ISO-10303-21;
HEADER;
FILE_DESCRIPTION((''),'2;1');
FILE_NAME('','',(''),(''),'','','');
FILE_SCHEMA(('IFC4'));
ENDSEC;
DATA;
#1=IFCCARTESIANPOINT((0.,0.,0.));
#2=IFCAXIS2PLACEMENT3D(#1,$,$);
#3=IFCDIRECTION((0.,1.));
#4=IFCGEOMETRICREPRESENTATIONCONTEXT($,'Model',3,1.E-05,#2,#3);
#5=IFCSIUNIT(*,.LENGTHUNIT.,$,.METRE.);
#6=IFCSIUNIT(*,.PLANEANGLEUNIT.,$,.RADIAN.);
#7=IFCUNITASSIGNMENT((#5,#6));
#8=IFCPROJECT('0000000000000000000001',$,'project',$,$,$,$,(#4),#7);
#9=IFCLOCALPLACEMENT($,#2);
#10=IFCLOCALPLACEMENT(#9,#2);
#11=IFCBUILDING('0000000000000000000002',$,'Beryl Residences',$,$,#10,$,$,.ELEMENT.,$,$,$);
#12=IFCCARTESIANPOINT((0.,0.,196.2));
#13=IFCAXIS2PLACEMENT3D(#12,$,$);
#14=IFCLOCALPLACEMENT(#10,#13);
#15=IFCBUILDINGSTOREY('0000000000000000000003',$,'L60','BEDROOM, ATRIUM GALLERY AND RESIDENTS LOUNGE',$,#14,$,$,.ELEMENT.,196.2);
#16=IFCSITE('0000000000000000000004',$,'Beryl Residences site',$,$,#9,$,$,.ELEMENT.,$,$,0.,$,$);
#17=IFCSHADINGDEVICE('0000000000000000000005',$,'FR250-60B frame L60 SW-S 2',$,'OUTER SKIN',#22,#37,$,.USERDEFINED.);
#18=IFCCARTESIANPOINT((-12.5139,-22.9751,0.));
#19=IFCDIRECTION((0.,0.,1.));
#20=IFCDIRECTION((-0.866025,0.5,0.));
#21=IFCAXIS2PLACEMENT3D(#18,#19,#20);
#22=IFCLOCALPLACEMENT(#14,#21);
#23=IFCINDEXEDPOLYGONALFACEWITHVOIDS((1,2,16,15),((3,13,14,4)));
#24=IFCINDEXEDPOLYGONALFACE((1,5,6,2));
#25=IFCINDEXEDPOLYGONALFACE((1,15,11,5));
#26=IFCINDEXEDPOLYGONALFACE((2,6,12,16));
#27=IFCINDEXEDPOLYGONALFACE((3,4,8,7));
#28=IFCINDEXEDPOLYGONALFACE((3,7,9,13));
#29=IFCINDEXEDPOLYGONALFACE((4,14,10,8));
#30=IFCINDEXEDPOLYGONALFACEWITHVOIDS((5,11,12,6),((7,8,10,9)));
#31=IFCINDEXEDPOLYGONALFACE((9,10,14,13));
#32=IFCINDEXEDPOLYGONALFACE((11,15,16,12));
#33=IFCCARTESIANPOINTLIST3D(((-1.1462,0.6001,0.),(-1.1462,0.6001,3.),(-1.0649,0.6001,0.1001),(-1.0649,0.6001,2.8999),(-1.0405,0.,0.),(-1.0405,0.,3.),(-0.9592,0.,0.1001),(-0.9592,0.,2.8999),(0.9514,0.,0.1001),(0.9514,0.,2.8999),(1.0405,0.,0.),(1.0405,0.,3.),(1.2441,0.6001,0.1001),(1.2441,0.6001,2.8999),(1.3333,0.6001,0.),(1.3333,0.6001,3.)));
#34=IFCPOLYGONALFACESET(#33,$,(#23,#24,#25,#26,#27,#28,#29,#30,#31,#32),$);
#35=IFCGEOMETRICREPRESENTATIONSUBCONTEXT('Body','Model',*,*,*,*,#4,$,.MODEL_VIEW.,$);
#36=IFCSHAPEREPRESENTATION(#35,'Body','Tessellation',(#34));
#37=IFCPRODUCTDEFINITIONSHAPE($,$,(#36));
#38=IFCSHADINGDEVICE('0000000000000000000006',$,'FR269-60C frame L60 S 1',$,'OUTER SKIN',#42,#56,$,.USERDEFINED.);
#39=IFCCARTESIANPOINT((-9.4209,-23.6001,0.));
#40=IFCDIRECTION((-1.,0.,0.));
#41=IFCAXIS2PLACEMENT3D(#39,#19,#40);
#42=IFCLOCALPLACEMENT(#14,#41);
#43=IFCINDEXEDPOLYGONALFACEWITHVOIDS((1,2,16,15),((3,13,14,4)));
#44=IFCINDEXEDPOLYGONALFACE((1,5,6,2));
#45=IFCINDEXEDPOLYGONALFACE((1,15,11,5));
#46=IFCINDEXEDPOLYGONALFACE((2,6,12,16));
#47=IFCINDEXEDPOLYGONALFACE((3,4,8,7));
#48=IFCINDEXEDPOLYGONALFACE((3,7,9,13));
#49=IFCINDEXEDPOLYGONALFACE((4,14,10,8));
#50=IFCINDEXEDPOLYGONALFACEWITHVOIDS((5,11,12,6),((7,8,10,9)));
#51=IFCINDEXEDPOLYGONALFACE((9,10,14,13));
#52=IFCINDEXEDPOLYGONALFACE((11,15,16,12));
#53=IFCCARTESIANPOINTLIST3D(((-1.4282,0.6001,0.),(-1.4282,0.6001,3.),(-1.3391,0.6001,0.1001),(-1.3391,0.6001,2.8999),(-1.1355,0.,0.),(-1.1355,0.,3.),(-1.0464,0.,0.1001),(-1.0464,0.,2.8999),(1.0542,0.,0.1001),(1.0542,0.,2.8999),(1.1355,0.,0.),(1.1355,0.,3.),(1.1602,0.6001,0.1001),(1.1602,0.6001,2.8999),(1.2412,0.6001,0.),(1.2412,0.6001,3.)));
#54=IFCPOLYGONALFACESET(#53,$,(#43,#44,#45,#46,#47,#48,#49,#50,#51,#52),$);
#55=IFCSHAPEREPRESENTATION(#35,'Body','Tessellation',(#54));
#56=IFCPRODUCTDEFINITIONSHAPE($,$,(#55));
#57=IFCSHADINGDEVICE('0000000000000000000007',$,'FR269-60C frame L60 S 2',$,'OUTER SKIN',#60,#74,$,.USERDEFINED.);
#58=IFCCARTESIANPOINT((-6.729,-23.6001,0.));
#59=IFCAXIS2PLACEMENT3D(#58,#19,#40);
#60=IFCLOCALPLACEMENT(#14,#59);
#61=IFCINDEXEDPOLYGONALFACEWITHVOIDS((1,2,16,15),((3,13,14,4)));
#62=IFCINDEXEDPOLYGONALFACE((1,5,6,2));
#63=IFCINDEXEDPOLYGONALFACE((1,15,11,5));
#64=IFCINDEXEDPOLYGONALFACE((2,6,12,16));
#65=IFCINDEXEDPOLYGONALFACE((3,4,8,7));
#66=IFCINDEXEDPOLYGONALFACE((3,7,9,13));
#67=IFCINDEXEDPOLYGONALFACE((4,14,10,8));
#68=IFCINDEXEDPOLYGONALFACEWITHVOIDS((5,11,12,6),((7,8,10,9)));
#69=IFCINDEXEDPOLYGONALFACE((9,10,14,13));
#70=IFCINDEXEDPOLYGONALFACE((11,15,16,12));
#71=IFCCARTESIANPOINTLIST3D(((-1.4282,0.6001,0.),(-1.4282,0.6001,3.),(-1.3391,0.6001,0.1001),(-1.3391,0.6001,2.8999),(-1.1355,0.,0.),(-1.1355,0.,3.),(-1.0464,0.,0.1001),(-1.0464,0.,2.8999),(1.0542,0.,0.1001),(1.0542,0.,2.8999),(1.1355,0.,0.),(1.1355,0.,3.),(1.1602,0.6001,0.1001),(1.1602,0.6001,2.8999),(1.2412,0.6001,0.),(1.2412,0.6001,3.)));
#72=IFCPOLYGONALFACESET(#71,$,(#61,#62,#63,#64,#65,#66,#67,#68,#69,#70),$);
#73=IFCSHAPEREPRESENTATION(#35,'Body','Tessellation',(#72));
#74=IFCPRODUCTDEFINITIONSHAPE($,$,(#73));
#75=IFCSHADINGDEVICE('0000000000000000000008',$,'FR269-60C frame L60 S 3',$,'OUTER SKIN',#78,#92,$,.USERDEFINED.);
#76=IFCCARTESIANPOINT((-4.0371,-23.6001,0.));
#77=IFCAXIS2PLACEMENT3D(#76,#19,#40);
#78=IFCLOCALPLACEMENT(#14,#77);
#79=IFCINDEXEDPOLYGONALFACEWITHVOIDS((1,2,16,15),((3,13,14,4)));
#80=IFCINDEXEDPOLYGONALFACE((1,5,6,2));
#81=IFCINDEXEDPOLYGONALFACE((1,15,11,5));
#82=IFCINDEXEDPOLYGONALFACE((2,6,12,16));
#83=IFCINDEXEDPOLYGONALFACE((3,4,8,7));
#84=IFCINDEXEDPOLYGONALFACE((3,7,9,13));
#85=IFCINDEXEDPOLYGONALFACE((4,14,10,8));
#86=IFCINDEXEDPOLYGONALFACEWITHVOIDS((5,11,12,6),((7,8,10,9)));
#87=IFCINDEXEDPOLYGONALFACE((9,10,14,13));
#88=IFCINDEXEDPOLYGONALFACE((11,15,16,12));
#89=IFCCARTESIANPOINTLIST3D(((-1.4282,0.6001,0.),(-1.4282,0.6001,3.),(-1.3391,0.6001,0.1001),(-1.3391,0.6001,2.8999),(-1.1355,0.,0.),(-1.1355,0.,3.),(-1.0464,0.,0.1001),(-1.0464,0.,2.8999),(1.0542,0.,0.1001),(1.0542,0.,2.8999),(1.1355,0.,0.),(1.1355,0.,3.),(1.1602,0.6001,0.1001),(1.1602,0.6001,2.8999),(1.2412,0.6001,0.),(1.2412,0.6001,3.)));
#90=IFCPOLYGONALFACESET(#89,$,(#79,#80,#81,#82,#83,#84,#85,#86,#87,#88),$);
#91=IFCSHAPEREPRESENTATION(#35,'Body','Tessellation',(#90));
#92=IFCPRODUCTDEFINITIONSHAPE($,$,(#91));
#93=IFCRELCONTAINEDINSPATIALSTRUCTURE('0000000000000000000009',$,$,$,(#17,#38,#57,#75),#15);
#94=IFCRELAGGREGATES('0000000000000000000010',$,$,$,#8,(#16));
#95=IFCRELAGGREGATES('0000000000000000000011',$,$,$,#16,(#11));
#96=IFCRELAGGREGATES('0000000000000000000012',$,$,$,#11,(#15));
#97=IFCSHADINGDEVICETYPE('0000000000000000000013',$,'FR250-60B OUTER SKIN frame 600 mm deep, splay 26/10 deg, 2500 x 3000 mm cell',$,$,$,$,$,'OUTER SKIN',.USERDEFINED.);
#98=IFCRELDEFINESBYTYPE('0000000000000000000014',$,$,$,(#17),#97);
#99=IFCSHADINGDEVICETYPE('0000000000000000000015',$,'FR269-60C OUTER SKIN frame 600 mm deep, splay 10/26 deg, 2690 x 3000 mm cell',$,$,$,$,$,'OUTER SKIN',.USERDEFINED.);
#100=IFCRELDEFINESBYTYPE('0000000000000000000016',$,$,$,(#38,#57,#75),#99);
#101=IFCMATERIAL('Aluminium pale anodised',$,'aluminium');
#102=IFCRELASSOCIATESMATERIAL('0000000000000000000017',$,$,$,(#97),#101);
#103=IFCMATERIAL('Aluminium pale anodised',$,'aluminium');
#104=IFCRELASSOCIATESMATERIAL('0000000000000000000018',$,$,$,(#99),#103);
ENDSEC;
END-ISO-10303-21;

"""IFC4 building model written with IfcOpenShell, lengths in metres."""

from ifc_helpers import new_model, entity, si_unit, direction, frame, origin, place, context, subcontext, project, spatial, source, transform, mapped, material, type_object, type_shapes, element, save


model = new_model("IFC4")

# Units and contexts
model_context = context("Model", 3, precision=1e-05, world=origin(), true_north=direction((0.0, 1.0)))
body_context = subcontext(model_context, "Body", "Model", "MODEL_VIEW")
ifc_project = project(units=[si_unit("LENGTHUNIT", "METRE"), si_unit("PLANEANGLEUNIT", "RADIAN")], contexts=[model_context])

# Site, building, storey
site_placement = place(None, origin())
site = spatial("IfcSite", under=ifc_project, at=site_placement, Name="Beryl Residences site", CompositionType="ELEMENT", RefElevation=0.0)
building_placement = place(site_placement, origin())
building = spatial("IfcBuilding", under=site, at=building_placement, Name="Beryl Residences", CompositionType="ELEMENT")
storey_placement = place(building_placement, frame((0.0, 0.0, 196.2)))
storey = spatial("IfcBuildingStorey", under=building, at=storey_placement, Name="L60", Description="BEDROOM, ATRIUM GALLERY AND RESIDENTS LOUNGE", CompositionType="ELEMENT", Elevation=196.2)

# Shading devices
ifc_material_1 = material(Name="Aluminium pale anodised", Category="aluminium")
shading_device_type_1 = type_object("IfcShadingDeviceType", Name="FR250-60B OUTER SKIN frame 600 mm deep, splay 26/10 deg, 2500 x 3000 mm cell", ElementType="OUTER SKIN", PredefinedType="USERDEFINED", material=ifc_material_1)
cartesian_point_1 = entity("IfcCartesianPoint", [-1.0405, 0.0])
cartesian_point_2 = entity("IfcCartesianPoint", [-0.9514, 0.1001])
cartesian_point_3 = entity("IfcCartesianPoint", [-1.3333, 0.0])
cartesian_point_4 = entity("IfcCartesianPoint", [-1.2441, 0.1001])
shared_shape_1 = source(origin(), body_context, "Body", "SweptSolid", [
    entity("IfcExtrudedAreaSolidTapered", entity("IfcArbitraryProfileDefWithVoids", "AREA", None, entity("IfcPolyline", [cartesian_point_1, entity("IfcCartesianPoint", [1.0405, 0.0]), entity("IfcCartesianPoint", [1.0405, 3.0]), entity("IfcCartesianPoint", [-1.0405, 3.0]), cartesian_point_1]), [entity("IfcPolyline", [cartesian_point_2, entity("IfcCartesianPoint", [0.9592, 0.1001]), entity("IfcCartesianPoint", [0.9592, 2.8999]), entity("IfcCartesianPoint", [-0.9514, 2.8999]), cartesian_point_2])]), entity("IfcAxis2Placement3D", entity("IfcCartesianPoint", [0.0, 0.0, 0.0]), entity("IfcDirection", [0.0, 1.0, 0.0]), entity("IfcDirection", [-1.0, 0.0, 0.0])), entity("IfcDirection", [0.0, 0.0, 1.0]), 0.6001, entity("IfcArbitraryProfileDefWithVoids", "AREA", None, entity("IfcPolyline", [cartesian_point_3, entity("IfcCartesianPoint", [1.1462, 0.0]), entity("IfcCartesianPoint", [1.1462, 3.0]), entity("IfcCartesianPoint", [-1.3333, 3.0]), cartesian_point_3]), [entity("IfcPolyline", [cartesian_point_4, entity("IfcCartesianPoint", [1.0649, 0.1001]), entity("IfcCartesianPoint", [1.0649, 2.8999]), entity("IfcCartesianPoint", [-1.2441, 2.8999]), cartesian_point_4])])),
])
type_shapes(shading_device_type_1, [shared_shape_1])
shading_device_placement = place(storey_placement, frame((-12.5139, -22.9751, 0.0), z_axis=(0.0, 0.0, 1.0), x_axis=(-0.866025, 0.5, 0.0)))
element("IfcShadingDevice", 1, at=shading_device_placement, inside=storey, type_object=shading_device_type_1, Name="FR250-60B frame L60 SW-S 2", ObjectType="OUTER SKIN", PredefinedType="USERDEFINED", context=body_context, shape_type="MappedRepresentation", body=[
    mapped(shared_shape_1, transform((0.0, 0.0, 0.0))),
])
ifc_material_2 = material(Name="Aluminium pale anodised", Category="aluminium")
shading_device_type_2 = type_object("IfcShadingDeviceType", Name="FR269-60C OUTER SKIN frame 600 mm deep, splay 10/26 deg, 2690 x 3000 mm cell", ElementType="OUTER SKIN", PredefinedType="USERDEFINED", material=ifc_material_2)
cartesian_point_5 = entity("IfcCartesianPoint", [-1.1355, 0.0])
cartesian_point_6 = entity("IfcCartesianPoint", [-1.0542, 0.1001])
cartesian_point_7 = entity("IfcCartesianPoint", [-1.2412, 0.0])
cartesian_point_8 = entity("IfcCartesianPoint", [-1.1602, 0.1001])
shared_shape_2 = source(origin(), body_context, "Body", "SweptSolid", [
    entity("IfcExtrudedAreaSolidTapered", entity("IfcArbitraryProfileDefWithVoids", "AREA", None, entity("IfcPolyline", [cartesian_point_5, entity("IfcCartesianPoint", [1.1355, 0.0]), entity("IfcCartesianPoint", [1.1355, 3.0]), entity("IfcCartesianPoint", [-1.1355, 3.0]), cartesian_point_5]), [entity("IfcPolyline", [cartesian_point_6, entity("IfcCartesianPoint", [1.0464, 0.1001]), entity("IfcCartesianPoint", [1.0464, 2.8999]), entity("IfcCartesianPoint", [-1.0542, 2.8999]), cartesian_point_6])]), entity("IfcAxis2Placement3D", entity("IfcCartesianPoint", [0.0, 0.0, 0.0]), entity("IfcDirection", [0.0, 1.0, 0.0]), entity("IfcDirection", [-1.0, 0.0, 0.0])), entity("IfcDirection", [0.0, 0.0, 1.0]), 0.6001, entity("IfcArbitraryProfileDefWithVoids", "AREA", None, entity("IfcPolyline", [cartesian_point_7, entity("IfcCartesianPoint", [1.4282, 0.0]), entity("IfcCartesianPoint", [1.4282, 3.0]), entity("IfcCartesianPoint", [-1.2412, 3.0]), cartesian_point_7]), [entity("IfcPolyline", [cartesian_point_8, entity("IfcCartesianPoint", [1.3391, 0.1001]), entity("IfcCartesianPoint", [1.3391, 2.8999]), entity("IfcCartesianPoint", [-1.1602, 2.8999]), cartesian_point_8])])),
])
type_shapes(shading_device_type_2, [shared_shape_2])
for number, where, z_axis, x_axis, name in (
    (2, (-9.4209, -23.6001, 0.0), (0.0, 0.0, 1.0), (-1.0, 0.0, 0.0), "FR269-60C frame L60 S 1"),
    (3, (-6.729, -23.6001, 0.0), (0.0, 0.0, 1.0), (-1.0, 0.0, 0.0), "FR269-60C frame L60 S 2"),
    (4, (-4.0371, -23.6001, 0.0), (0.0, 0.0, 1.0), (-1.0, 0.0, 0.0), "FR269-60C frame L60 S 3"),
):
    element("IfcShadingDevice", number, at=place(storey_placement, frame(where, z_axis=z_axis, x_axis=x_axis)), inside=storey, type_object=shading_device_type_2, Name=name, ObjectType="OUTER SKIN", PredefinedType="USERDEFINED", context=body_context, shape_type="MappedRepresentation", body=[
        mapped(shared_shape_2, transform((0.0, 0.0, 0.0))),
    ])

save(model, "model.ifc")
